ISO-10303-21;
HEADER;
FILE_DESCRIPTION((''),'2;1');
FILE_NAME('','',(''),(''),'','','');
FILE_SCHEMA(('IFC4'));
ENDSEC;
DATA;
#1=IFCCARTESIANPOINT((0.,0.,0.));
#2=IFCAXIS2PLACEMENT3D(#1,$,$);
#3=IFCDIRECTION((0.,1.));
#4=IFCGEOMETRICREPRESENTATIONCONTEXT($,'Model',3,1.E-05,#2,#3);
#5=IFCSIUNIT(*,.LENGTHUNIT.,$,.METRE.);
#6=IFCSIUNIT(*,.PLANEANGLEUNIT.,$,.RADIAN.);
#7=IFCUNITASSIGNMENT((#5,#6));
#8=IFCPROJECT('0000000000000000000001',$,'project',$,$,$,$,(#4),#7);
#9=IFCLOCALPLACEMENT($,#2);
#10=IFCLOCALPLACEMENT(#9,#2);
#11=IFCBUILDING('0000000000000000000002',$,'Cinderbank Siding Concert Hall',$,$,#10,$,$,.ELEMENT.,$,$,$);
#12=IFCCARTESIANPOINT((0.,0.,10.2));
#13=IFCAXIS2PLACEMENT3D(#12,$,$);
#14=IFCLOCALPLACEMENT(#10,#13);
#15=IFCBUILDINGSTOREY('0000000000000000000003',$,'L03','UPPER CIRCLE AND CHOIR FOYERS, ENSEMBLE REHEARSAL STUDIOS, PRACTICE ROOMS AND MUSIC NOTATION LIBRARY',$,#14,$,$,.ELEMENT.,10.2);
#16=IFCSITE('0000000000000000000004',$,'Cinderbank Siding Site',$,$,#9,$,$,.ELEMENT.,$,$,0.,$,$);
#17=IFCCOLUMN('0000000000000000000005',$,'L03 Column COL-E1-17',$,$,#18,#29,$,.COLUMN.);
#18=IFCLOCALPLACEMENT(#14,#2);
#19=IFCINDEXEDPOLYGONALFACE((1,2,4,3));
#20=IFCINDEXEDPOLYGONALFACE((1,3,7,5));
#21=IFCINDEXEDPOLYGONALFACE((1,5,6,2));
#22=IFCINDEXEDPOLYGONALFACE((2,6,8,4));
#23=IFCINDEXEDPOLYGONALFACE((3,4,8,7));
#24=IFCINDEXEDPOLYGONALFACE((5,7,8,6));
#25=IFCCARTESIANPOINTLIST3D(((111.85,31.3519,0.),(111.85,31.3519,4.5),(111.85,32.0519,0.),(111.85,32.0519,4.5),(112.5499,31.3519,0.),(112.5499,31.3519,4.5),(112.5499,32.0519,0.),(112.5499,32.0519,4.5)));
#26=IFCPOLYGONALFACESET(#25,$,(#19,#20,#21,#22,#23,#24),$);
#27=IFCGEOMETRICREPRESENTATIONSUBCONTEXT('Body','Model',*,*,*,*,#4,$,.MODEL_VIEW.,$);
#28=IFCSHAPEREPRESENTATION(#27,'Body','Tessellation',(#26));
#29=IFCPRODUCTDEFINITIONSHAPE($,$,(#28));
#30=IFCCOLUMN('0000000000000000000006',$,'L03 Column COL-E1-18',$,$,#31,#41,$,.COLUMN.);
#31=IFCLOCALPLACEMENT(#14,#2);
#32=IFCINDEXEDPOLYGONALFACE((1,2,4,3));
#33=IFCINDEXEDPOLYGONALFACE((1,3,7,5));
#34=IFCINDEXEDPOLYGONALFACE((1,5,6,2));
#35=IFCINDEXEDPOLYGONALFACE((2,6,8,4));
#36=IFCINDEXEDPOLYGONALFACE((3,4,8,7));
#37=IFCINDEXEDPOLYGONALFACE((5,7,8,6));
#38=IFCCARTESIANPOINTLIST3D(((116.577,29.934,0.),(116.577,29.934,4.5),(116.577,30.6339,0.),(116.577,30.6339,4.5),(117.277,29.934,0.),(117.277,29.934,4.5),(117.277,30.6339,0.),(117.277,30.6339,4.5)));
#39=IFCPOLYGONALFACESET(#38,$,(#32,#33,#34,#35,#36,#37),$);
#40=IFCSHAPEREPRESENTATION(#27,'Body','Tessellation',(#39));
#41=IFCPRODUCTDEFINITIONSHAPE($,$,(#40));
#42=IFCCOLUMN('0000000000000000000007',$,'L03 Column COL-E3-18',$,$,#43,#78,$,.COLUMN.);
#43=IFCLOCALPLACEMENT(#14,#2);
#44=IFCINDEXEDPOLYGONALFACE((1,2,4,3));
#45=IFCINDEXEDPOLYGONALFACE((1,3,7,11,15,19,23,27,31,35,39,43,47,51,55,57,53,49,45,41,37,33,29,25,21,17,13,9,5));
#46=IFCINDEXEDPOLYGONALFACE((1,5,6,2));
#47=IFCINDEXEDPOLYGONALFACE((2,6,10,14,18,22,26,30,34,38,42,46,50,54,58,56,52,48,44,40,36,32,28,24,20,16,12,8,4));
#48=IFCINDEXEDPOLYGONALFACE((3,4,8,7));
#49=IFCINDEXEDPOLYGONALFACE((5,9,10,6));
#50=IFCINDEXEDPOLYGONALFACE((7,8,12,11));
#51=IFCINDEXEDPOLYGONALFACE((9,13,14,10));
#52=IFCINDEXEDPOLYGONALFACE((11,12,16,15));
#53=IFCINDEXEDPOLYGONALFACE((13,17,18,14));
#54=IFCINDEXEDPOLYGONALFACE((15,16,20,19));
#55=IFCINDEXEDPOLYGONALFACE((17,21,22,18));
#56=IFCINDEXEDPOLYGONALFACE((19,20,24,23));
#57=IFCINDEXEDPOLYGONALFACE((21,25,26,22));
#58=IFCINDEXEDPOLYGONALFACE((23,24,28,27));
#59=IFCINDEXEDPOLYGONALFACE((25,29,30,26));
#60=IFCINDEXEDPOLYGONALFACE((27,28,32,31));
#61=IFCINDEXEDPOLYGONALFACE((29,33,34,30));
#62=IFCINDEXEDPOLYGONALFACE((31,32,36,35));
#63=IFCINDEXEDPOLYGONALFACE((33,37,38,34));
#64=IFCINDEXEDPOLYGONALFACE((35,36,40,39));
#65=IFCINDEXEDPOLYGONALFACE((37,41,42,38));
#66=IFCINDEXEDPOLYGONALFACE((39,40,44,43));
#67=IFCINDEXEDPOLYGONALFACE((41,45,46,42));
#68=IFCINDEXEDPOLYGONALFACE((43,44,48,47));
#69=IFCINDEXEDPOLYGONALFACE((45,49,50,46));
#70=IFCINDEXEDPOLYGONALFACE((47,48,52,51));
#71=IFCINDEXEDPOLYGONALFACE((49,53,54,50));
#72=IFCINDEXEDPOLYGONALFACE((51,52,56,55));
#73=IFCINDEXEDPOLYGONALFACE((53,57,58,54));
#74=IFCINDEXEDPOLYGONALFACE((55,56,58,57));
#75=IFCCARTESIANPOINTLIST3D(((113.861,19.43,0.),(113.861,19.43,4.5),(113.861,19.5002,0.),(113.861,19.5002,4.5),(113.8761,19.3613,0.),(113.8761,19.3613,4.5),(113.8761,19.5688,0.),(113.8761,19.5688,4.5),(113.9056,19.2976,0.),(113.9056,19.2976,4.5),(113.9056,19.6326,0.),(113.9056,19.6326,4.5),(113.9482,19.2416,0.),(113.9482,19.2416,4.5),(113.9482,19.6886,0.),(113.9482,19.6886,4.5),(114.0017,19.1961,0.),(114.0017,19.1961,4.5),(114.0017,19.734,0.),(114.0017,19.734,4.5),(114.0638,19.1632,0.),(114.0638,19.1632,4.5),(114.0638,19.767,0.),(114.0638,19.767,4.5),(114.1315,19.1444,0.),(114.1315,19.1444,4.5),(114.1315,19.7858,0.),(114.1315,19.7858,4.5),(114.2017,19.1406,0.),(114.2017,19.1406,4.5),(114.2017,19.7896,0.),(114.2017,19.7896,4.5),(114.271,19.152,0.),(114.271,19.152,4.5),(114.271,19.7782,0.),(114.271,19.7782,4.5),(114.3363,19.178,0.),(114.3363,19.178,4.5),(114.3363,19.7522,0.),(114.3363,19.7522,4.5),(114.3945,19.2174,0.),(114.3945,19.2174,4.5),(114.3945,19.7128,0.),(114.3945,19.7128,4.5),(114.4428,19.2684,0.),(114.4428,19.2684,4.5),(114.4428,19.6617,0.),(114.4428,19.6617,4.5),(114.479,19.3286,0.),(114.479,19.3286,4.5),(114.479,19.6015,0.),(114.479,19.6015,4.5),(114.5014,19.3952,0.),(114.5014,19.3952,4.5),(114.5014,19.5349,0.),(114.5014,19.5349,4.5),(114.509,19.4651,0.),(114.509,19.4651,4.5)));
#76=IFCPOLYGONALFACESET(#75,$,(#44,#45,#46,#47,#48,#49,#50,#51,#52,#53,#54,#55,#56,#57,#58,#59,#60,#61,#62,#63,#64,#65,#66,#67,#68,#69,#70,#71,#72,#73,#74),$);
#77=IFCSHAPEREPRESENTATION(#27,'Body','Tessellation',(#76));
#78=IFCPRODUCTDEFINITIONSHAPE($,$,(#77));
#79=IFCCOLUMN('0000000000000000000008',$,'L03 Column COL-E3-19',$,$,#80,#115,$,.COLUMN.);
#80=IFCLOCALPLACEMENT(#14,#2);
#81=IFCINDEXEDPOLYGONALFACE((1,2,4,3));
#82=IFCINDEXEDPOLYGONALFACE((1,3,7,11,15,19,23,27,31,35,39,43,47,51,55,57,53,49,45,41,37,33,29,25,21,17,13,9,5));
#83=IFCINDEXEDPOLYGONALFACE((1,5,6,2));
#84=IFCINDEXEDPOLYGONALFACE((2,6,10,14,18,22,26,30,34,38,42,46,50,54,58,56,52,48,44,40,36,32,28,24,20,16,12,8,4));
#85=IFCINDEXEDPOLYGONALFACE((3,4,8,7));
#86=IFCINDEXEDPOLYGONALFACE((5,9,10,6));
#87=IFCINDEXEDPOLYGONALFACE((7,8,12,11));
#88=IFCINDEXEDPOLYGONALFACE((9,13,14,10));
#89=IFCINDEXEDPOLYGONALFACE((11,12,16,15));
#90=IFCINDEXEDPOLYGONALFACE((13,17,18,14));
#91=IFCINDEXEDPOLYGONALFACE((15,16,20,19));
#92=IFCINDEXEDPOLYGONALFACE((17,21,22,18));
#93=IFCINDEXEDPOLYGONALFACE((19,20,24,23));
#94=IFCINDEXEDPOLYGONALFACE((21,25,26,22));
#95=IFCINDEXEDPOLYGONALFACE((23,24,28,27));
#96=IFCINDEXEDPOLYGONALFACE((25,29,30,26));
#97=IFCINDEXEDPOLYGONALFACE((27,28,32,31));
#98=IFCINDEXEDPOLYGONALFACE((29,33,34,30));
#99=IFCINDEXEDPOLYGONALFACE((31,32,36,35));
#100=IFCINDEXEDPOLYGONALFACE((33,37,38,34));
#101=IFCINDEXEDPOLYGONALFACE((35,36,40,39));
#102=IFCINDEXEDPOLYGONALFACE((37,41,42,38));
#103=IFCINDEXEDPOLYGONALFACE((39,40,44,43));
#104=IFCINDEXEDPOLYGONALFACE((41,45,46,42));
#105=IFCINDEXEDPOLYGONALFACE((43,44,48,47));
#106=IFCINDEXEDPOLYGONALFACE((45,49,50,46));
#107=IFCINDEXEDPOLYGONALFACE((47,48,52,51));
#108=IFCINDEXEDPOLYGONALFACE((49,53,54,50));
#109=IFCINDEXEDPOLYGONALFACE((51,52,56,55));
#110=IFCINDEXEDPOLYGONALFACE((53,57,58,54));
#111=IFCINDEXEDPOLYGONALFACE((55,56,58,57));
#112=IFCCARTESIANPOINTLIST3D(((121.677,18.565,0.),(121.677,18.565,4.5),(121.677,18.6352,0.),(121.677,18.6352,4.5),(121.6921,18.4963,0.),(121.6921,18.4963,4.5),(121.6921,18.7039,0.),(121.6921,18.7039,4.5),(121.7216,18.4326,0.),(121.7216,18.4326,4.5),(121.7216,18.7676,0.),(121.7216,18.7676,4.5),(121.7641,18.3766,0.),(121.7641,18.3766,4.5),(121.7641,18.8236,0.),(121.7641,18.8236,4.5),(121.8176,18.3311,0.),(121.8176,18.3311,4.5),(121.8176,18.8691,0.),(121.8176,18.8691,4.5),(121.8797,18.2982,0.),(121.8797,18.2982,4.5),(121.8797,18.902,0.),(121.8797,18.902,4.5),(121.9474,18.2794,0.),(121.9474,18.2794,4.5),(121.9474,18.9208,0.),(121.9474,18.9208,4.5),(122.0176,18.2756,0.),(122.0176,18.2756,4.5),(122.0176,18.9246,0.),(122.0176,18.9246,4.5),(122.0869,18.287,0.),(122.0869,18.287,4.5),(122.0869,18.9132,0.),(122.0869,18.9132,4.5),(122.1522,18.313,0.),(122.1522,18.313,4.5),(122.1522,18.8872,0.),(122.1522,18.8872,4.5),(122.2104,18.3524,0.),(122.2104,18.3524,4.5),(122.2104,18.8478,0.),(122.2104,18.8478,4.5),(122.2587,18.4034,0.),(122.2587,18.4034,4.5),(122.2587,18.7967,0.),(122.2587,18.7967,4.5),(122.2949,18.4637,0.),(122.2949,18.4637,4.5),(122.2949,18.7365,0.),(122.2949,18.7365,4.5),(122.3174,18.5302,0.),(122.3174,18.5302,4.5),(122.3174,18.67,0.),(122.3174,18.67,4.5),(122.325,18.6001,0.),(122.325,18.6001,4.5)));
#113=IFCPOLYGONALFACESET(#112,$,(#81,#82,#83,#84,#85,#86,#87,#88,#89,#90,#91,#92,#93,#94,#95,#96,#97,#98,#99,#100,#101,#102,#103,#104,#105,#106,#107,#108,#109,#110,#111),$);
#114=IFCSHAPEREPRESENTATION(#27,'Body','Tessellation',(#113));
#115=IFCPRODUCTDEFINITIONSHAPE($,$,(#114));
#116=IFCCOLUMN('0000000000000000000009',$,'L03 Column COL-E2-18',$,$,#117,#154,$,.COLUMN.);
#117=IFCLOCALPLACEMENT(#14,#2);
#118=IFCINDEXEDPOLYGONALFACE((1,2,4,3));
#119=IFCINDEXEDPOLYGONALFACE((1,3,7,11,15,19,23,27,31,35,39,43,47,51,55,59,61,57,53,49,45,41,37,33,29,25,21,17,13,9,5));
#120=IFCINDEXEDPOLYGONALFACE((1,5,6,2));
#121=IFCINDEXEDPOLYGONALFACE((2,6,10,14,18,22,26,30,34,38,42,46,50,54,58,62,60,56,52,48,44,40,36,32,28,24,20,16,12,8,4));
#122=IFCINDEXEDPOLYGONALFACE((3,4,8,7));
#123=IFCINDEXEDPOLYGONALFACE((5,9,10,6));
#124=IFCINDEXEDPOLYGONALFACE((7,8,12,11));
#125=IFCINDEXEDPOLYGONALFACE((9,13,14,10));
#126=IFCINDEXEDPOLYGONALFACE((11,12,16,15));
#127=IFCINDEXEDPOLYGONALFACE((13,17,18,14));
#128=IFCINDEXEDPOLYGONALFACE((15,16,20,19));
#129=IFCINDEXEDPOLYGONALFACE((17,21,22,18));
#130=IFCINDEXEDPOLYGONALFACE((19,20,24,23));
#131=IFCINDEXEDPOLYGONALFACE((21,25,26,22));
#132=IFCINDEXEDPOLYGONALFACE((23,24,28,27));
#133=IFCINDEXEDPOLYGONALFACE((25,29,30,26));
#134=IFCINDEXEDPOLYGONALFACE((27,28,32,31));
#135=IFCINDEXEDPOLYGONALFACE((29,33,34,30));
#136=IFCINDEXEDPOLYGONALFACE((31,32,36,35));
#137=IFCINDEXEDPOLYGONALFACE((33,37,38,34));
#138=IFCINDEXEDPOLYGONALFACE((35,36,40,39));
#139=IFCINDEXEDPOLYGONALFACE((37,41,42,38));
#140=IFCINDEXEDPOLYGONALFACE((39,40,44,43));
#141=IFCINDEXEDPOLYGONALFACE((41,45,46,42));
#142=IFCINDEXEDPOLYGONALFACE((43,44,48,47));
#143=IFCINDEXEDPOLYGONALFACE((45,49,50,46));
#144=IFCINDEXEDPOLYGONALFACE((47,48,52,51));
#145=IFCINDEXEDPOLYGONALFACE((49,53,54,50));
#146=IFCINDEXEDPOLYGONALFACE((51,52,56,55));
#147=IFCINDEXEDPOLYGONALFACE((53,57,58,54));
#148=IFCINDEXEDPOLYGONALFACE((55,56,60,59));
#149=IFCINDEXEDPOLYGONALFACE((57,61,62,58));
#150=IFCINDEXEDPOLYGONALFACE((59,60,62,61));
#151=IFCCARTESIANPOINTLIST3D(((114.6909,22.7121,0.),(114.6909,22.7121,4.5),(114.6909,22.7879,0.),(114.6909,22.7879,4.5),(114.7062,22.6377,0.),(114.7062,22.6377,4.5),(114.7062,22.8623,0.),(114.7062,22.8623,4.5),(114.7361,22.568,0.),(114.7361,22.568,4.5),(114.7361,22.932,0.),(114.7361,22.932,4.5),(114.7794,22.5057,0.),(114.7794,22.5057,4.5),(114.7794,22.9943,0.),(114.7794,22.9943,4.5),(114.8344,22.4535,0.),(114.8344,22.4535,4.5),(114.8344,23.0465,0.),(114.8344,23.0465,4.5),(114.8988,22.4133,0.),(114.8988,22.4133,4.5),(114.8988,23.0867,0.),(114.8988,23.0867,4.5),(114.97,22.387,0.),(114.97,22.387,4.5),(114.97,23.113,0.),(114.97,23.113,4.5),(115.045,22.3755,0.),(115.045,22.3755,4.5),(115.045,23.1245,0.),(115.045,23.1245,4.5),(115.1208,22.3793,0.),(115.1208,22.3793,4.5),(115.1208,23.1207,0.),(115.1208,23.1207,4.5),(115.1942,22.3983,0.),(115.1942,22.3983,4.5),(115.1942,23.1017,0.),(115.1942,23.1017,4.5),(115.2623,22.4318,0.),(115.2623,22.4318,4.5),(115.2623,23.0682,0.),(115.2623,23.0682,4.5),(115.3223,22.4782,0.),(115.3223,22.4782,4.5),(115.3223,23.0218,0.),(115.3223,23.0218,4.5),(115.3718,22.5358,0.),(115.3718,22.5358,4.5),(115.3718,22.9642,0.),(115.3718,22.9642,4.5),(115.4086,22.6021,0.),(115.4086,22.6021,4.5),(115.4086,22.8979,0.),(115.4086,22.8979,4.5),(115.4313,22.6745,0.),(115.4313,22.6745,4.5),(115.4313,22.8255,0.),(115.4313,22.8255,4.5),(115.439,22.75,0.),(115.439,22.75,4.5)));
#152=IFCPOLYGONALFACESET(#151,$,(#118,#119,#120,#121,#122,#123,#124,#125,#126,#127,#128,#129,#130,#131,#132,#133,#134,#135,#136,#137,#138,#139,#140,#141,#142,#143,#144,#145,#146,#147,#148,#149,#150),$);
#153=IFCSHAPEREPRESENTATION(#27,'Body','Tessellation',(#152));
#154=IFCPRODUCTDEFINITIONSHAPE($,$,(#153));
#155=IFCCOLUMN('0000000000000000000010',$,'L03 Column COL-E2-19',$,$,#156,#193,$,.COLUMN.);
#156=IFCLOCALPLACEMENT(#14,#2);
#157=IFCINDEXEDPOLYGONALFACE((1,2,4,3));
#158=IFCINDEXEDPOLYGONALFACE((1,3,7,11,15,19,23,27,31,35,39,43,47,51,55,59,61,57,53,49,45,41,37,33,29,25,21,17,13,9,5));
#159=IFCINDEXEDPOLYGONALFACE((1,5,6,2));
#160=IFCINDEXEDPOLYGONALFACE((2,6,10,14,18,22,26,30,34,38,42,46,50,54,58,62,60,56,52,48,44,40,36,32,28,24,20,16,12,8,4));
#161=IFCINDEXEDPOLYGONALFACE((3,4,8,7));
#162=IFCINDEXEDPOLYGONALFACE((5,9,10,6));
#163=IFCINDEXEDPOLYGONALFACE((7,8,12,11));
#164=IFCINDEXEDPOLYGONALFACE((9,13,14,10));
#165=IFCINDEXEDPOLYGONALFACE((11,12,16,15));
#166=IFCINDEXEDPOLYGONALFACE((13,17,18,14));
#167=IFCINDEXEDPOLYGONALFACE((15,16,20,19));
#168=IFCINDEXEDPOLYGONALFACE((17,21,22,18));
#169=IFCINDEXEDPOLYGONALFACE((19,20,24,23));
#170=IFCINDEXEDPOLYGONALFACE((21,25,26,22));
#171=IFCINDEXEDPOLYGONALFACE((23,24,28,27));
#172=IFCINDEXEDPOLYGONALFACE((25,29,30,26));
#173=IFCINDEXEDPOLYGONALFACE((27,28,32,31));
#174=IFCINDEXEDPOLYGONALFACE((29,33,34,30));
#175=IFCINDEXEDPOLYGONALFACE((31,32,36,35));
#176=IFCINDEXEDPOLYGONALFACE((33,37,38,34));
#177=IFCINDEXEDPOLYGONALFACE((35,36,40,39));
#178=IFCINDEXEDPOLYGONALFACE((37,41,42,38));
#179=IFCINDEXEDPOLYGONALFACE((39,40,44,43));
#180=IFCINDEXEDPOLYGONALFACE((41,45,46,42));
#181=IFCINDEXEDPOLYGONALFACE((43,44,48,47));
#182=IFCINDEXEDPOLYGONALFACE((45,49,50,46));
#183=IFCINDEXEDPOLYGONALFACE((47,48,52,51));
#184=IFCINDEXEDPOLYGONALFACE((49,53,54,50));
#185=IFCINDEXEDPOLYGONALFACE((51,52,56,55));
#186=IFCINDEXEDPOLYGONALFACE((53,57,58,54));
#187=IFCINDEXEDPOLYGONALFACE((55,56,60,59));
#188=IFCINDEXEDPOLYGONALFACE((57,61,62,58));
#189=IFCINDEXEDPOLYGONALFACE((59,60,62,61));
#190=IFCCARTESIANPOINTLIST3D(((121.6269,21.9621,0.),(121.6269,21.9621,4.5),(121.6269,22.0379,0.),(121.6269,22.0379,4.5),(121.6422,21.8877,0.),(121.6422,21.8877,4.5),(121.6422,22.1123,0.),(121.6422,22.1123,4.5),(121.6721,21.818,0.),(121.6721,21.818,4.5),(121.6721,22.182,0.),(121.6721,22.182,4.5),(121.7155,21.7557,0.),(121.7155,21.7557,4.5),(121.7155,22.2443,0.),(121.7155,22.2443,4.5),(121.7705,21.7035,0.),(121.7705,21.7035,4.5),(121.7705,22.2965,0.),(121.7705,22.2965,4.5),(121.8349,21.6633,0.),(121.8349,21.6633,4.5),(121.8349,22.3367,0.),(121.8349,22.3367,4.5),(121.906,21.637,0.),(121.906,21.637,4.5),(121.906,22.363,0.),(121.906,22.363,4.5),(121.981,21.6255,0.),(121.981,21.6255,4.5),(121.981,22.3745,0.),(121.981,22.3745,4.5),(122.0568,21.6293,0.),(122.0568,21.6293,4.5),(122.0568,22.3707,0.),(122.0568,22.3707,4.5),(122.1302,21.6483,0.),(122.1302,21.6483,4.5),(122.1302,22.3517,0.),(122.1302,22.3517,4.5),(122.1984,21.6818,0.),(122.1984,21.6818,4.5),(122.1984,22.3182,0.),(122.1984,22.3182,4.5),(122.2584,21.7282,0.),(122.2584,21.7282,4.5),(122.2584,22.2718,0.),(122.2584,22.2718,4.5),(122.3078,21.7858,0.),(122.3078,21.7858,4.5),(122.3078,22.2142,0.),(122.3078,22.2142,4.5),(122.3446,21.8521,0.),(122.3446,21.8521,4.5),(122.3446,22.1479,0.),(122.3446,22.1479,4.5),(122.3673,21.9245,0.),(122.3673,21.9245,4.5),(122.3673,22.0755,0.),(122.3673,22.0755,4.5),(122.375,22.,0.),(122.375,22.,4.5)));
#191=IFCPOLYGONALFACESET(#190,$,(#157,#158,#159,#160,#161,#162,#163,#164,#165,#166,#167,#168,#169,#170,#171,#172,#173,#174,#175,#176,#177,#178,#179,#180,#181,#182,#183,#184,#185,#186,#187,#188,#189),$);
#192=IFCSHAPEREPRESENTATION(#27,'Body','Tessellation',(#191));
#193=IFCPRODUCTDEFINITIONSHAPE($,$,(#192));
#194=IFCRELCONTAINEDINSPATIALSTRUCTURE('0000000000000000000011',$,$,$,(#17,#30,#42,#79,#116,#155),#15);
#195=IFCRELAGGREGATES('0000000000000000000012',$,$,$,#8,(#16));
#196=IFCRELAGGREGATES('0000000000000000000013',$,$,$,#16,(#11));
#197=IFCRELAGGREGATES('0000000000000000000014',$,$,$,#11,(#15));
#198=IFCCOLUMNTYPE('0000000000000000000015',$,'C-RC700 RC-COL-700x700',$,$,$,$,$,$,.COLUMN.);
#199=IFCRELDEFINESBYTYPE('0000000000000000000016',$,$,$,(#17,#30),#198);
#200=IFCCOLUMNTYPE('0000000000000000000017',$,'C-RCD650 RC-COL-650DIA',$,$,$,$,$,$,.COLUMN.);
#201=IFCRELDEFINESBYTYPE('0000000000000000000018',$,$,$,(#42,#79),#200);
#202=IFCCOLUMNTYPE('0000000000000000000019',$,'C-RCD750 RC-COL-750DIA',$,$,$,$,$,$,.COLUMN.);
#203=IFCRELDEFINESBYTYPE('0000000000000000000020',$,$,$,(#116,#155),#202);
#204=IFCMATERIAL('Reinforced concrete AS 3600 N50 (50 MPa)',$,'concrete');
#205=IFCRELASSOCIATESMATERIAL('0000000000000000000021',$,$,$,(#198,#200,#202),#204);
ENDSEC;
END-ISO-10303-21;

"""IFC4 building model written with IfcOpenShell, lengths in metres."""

from ifc_helpers import new_model, si_unit, direction, frame, origin, origin_2d, place, context, subcontext, project, spatial, rectangle, circle, extrude, material, material_profile, profile_set, type_object, element, save


model = new_model("IFC4")

# Units and contexts
model_context = context("Model", 3, precision=1e-05, world=origin(), true_north=direction((0.0, 1.0)))
body_context = subcontext(model_context, "Body", "Model", "MODEL_VIEW")
ifc_project = project(units=[si_unit("LENGTHUNIT", "METRE"), si_unit("PLANEANGLEUNIT", "RADIAN")], contexts=[model_context])

# Site, building, storey
site_placement = place(None, origin())
site = spatial("IfcSite", under=ifc_project, at=site_placement, Name="Cinderbank Siding Site", CompositionType="ELEMENT", RefElevation=0.0)
building_placement = place(site_placement, origin())
building = spatial("IfcBuilding", under=site, at=building_placement, Name="Cinderbank Siding Concert Hall", CompositionType="ELEMENT")
storey_placement = place(building_placement, frame((0.0, 0.0, 10.2)))
storey = spatial("IfcBuildingStorey", under=building, at=storey_placement, Name="L03", Description="UPPER CIRCLE AND CHOIR FOYERS, ENSEMBLE REHEARSAL STUDIOS, PRACTICE ROOMS AND MUSIC NOTATION LIBRARY", CompositionType="ELEMENT", Elevation=10.2)

# Columns
ifc_material_1 = material(Name="Reinforced concrete AS 3600 N50 (50 MPa)", Category="concrete")
ifc_material_profile_1 = material_profile(ifc_material_1, rectangle(XDim=0.7, YDim=0.7, at=origin_2d()), Name="RC-COL-700x700", Category="LoadBearing")
ifc_profile_set_1 = profile_set([ifc_material_profile_1], Name="Reinforced concrete AS 3600 N50 (50 MPa)")
column_type_1 = type_object("IfcColumnType", Name="C-RC700 RC-COL-700x700", PredefinedType="COLUMN", material=ifc_profile_set_1)
for number, where, z_axis, x_axis, name in (
    (1, (112.2, 31.7019, 0.0), (0.0, 0.0, 1.0), (1.0, 0.0, 0.0), "L03 Column COL-E1-17"),
    (2, (116.927, 30.2839, 0.0), (0.0, 0.0, 1.0), (1.0, 0.0, 0.0), "L03 Column COL-E1-18"),
):
    element("IfcColumn", number, at=place(storey_placement, frame(where, z_axis=z_axis, x_axis=x_axis)), inside=storey, type_object=column_type_1, Name=name, PredefinedType="COLUMN", context=body_context, shape_type="SweptSolid", body=[
        extrude(rectangle(XDim=0.7, YDim=0.7, at=origin_2d()), origin(), (0.0, 0.0, 1.0), 4.5),
    ])
ifc_material_profile_2 = material_profile(ifc_material_1, circle(Radius=0.325, at=origin_2d()), Name="RC-COL-650DIA", Category="LoadBearing")
ifc_profile_set_2 = profile_set([ifc_material_profile_2], Name="Reinforced concrete AS 3600 N50 (50 MPa)")
column_type_2 = type_object("IfcColumnType", Name="C-RCD650 RC-COL-650DIA", PredefinedType="COLUMN", material=ifc_profile_set_2)
for number, where, z_axis, x_axis, name in (
    (3, (114.1841, 19.4651, 0.0), (0.0, 0.0, 1.0), (1.0, 0.0, 0.0), "L03 Column COL-E3-18"),
    (4, (122.0, 18.6001, 0.0), (0.0, 0.0, 1.0), (1.0, 0.0, 0.0), "L03 Column COL-E3-19"),
):
    element("IfcColumn", number, at=place(storey_placement, frame(where, z_axis=z_axis, x_axis=x_axis)), inside=storey, type_object=column_type_2, Name=name, PredefinedType="COLUMN", context=body_context, shape_type="SweptSolid", body=[
        extrude(circle(Radius=0.325, at=origin_2d()), origin(), (0.0, 0.0, 1.0), 4.5),
    ])
ifc_material_profile_3 = material_profile(ifc_material_1, circle(Radius=0.375, at=origin_2d()), Name="RC-COL-750DIA", Category="LoadBearing")
ifc_profile_set_3 = profile_set([ifc_material_profile_3], Name="Reinforced concrete AS 3600 N50 (50 MPa)")
column_type_3 = type_object("IfcColumnType", Name="C-RCD750 RC-COL-750DIA", PredefinedType="COLUMN", material=ifc_profile_set_3)
for number, where, z_axis, x_axis, name in (
    (5, (115.064, 22.75, 0.0), (0.0, 0.0, 1.0), (1.0, 0.0, 0.0), "L03 Column COL-E2-18"),
    (6, (122.0, 22.0, 0.0), (0.0, 0.0, 1.0), (1.0, 0.0, 0.0), "L03 Column COL-E2-19"),
):
    element("IfcColumn", number, at=place(storey_placement, frame(where, z_axis=z_axis, x_axis=x_axis)), inside=storey, type_object=column_type_3, Name=name, PredefinedType="COLUMN", context=body_context, shape_type="SweptSolid", body=[
        extrude(circle(Radius=0.375, at=origin_2d()), origin(), (0.0, 0.0, 1.0), 4.5),
    ])

save(model, "model.ifc")
